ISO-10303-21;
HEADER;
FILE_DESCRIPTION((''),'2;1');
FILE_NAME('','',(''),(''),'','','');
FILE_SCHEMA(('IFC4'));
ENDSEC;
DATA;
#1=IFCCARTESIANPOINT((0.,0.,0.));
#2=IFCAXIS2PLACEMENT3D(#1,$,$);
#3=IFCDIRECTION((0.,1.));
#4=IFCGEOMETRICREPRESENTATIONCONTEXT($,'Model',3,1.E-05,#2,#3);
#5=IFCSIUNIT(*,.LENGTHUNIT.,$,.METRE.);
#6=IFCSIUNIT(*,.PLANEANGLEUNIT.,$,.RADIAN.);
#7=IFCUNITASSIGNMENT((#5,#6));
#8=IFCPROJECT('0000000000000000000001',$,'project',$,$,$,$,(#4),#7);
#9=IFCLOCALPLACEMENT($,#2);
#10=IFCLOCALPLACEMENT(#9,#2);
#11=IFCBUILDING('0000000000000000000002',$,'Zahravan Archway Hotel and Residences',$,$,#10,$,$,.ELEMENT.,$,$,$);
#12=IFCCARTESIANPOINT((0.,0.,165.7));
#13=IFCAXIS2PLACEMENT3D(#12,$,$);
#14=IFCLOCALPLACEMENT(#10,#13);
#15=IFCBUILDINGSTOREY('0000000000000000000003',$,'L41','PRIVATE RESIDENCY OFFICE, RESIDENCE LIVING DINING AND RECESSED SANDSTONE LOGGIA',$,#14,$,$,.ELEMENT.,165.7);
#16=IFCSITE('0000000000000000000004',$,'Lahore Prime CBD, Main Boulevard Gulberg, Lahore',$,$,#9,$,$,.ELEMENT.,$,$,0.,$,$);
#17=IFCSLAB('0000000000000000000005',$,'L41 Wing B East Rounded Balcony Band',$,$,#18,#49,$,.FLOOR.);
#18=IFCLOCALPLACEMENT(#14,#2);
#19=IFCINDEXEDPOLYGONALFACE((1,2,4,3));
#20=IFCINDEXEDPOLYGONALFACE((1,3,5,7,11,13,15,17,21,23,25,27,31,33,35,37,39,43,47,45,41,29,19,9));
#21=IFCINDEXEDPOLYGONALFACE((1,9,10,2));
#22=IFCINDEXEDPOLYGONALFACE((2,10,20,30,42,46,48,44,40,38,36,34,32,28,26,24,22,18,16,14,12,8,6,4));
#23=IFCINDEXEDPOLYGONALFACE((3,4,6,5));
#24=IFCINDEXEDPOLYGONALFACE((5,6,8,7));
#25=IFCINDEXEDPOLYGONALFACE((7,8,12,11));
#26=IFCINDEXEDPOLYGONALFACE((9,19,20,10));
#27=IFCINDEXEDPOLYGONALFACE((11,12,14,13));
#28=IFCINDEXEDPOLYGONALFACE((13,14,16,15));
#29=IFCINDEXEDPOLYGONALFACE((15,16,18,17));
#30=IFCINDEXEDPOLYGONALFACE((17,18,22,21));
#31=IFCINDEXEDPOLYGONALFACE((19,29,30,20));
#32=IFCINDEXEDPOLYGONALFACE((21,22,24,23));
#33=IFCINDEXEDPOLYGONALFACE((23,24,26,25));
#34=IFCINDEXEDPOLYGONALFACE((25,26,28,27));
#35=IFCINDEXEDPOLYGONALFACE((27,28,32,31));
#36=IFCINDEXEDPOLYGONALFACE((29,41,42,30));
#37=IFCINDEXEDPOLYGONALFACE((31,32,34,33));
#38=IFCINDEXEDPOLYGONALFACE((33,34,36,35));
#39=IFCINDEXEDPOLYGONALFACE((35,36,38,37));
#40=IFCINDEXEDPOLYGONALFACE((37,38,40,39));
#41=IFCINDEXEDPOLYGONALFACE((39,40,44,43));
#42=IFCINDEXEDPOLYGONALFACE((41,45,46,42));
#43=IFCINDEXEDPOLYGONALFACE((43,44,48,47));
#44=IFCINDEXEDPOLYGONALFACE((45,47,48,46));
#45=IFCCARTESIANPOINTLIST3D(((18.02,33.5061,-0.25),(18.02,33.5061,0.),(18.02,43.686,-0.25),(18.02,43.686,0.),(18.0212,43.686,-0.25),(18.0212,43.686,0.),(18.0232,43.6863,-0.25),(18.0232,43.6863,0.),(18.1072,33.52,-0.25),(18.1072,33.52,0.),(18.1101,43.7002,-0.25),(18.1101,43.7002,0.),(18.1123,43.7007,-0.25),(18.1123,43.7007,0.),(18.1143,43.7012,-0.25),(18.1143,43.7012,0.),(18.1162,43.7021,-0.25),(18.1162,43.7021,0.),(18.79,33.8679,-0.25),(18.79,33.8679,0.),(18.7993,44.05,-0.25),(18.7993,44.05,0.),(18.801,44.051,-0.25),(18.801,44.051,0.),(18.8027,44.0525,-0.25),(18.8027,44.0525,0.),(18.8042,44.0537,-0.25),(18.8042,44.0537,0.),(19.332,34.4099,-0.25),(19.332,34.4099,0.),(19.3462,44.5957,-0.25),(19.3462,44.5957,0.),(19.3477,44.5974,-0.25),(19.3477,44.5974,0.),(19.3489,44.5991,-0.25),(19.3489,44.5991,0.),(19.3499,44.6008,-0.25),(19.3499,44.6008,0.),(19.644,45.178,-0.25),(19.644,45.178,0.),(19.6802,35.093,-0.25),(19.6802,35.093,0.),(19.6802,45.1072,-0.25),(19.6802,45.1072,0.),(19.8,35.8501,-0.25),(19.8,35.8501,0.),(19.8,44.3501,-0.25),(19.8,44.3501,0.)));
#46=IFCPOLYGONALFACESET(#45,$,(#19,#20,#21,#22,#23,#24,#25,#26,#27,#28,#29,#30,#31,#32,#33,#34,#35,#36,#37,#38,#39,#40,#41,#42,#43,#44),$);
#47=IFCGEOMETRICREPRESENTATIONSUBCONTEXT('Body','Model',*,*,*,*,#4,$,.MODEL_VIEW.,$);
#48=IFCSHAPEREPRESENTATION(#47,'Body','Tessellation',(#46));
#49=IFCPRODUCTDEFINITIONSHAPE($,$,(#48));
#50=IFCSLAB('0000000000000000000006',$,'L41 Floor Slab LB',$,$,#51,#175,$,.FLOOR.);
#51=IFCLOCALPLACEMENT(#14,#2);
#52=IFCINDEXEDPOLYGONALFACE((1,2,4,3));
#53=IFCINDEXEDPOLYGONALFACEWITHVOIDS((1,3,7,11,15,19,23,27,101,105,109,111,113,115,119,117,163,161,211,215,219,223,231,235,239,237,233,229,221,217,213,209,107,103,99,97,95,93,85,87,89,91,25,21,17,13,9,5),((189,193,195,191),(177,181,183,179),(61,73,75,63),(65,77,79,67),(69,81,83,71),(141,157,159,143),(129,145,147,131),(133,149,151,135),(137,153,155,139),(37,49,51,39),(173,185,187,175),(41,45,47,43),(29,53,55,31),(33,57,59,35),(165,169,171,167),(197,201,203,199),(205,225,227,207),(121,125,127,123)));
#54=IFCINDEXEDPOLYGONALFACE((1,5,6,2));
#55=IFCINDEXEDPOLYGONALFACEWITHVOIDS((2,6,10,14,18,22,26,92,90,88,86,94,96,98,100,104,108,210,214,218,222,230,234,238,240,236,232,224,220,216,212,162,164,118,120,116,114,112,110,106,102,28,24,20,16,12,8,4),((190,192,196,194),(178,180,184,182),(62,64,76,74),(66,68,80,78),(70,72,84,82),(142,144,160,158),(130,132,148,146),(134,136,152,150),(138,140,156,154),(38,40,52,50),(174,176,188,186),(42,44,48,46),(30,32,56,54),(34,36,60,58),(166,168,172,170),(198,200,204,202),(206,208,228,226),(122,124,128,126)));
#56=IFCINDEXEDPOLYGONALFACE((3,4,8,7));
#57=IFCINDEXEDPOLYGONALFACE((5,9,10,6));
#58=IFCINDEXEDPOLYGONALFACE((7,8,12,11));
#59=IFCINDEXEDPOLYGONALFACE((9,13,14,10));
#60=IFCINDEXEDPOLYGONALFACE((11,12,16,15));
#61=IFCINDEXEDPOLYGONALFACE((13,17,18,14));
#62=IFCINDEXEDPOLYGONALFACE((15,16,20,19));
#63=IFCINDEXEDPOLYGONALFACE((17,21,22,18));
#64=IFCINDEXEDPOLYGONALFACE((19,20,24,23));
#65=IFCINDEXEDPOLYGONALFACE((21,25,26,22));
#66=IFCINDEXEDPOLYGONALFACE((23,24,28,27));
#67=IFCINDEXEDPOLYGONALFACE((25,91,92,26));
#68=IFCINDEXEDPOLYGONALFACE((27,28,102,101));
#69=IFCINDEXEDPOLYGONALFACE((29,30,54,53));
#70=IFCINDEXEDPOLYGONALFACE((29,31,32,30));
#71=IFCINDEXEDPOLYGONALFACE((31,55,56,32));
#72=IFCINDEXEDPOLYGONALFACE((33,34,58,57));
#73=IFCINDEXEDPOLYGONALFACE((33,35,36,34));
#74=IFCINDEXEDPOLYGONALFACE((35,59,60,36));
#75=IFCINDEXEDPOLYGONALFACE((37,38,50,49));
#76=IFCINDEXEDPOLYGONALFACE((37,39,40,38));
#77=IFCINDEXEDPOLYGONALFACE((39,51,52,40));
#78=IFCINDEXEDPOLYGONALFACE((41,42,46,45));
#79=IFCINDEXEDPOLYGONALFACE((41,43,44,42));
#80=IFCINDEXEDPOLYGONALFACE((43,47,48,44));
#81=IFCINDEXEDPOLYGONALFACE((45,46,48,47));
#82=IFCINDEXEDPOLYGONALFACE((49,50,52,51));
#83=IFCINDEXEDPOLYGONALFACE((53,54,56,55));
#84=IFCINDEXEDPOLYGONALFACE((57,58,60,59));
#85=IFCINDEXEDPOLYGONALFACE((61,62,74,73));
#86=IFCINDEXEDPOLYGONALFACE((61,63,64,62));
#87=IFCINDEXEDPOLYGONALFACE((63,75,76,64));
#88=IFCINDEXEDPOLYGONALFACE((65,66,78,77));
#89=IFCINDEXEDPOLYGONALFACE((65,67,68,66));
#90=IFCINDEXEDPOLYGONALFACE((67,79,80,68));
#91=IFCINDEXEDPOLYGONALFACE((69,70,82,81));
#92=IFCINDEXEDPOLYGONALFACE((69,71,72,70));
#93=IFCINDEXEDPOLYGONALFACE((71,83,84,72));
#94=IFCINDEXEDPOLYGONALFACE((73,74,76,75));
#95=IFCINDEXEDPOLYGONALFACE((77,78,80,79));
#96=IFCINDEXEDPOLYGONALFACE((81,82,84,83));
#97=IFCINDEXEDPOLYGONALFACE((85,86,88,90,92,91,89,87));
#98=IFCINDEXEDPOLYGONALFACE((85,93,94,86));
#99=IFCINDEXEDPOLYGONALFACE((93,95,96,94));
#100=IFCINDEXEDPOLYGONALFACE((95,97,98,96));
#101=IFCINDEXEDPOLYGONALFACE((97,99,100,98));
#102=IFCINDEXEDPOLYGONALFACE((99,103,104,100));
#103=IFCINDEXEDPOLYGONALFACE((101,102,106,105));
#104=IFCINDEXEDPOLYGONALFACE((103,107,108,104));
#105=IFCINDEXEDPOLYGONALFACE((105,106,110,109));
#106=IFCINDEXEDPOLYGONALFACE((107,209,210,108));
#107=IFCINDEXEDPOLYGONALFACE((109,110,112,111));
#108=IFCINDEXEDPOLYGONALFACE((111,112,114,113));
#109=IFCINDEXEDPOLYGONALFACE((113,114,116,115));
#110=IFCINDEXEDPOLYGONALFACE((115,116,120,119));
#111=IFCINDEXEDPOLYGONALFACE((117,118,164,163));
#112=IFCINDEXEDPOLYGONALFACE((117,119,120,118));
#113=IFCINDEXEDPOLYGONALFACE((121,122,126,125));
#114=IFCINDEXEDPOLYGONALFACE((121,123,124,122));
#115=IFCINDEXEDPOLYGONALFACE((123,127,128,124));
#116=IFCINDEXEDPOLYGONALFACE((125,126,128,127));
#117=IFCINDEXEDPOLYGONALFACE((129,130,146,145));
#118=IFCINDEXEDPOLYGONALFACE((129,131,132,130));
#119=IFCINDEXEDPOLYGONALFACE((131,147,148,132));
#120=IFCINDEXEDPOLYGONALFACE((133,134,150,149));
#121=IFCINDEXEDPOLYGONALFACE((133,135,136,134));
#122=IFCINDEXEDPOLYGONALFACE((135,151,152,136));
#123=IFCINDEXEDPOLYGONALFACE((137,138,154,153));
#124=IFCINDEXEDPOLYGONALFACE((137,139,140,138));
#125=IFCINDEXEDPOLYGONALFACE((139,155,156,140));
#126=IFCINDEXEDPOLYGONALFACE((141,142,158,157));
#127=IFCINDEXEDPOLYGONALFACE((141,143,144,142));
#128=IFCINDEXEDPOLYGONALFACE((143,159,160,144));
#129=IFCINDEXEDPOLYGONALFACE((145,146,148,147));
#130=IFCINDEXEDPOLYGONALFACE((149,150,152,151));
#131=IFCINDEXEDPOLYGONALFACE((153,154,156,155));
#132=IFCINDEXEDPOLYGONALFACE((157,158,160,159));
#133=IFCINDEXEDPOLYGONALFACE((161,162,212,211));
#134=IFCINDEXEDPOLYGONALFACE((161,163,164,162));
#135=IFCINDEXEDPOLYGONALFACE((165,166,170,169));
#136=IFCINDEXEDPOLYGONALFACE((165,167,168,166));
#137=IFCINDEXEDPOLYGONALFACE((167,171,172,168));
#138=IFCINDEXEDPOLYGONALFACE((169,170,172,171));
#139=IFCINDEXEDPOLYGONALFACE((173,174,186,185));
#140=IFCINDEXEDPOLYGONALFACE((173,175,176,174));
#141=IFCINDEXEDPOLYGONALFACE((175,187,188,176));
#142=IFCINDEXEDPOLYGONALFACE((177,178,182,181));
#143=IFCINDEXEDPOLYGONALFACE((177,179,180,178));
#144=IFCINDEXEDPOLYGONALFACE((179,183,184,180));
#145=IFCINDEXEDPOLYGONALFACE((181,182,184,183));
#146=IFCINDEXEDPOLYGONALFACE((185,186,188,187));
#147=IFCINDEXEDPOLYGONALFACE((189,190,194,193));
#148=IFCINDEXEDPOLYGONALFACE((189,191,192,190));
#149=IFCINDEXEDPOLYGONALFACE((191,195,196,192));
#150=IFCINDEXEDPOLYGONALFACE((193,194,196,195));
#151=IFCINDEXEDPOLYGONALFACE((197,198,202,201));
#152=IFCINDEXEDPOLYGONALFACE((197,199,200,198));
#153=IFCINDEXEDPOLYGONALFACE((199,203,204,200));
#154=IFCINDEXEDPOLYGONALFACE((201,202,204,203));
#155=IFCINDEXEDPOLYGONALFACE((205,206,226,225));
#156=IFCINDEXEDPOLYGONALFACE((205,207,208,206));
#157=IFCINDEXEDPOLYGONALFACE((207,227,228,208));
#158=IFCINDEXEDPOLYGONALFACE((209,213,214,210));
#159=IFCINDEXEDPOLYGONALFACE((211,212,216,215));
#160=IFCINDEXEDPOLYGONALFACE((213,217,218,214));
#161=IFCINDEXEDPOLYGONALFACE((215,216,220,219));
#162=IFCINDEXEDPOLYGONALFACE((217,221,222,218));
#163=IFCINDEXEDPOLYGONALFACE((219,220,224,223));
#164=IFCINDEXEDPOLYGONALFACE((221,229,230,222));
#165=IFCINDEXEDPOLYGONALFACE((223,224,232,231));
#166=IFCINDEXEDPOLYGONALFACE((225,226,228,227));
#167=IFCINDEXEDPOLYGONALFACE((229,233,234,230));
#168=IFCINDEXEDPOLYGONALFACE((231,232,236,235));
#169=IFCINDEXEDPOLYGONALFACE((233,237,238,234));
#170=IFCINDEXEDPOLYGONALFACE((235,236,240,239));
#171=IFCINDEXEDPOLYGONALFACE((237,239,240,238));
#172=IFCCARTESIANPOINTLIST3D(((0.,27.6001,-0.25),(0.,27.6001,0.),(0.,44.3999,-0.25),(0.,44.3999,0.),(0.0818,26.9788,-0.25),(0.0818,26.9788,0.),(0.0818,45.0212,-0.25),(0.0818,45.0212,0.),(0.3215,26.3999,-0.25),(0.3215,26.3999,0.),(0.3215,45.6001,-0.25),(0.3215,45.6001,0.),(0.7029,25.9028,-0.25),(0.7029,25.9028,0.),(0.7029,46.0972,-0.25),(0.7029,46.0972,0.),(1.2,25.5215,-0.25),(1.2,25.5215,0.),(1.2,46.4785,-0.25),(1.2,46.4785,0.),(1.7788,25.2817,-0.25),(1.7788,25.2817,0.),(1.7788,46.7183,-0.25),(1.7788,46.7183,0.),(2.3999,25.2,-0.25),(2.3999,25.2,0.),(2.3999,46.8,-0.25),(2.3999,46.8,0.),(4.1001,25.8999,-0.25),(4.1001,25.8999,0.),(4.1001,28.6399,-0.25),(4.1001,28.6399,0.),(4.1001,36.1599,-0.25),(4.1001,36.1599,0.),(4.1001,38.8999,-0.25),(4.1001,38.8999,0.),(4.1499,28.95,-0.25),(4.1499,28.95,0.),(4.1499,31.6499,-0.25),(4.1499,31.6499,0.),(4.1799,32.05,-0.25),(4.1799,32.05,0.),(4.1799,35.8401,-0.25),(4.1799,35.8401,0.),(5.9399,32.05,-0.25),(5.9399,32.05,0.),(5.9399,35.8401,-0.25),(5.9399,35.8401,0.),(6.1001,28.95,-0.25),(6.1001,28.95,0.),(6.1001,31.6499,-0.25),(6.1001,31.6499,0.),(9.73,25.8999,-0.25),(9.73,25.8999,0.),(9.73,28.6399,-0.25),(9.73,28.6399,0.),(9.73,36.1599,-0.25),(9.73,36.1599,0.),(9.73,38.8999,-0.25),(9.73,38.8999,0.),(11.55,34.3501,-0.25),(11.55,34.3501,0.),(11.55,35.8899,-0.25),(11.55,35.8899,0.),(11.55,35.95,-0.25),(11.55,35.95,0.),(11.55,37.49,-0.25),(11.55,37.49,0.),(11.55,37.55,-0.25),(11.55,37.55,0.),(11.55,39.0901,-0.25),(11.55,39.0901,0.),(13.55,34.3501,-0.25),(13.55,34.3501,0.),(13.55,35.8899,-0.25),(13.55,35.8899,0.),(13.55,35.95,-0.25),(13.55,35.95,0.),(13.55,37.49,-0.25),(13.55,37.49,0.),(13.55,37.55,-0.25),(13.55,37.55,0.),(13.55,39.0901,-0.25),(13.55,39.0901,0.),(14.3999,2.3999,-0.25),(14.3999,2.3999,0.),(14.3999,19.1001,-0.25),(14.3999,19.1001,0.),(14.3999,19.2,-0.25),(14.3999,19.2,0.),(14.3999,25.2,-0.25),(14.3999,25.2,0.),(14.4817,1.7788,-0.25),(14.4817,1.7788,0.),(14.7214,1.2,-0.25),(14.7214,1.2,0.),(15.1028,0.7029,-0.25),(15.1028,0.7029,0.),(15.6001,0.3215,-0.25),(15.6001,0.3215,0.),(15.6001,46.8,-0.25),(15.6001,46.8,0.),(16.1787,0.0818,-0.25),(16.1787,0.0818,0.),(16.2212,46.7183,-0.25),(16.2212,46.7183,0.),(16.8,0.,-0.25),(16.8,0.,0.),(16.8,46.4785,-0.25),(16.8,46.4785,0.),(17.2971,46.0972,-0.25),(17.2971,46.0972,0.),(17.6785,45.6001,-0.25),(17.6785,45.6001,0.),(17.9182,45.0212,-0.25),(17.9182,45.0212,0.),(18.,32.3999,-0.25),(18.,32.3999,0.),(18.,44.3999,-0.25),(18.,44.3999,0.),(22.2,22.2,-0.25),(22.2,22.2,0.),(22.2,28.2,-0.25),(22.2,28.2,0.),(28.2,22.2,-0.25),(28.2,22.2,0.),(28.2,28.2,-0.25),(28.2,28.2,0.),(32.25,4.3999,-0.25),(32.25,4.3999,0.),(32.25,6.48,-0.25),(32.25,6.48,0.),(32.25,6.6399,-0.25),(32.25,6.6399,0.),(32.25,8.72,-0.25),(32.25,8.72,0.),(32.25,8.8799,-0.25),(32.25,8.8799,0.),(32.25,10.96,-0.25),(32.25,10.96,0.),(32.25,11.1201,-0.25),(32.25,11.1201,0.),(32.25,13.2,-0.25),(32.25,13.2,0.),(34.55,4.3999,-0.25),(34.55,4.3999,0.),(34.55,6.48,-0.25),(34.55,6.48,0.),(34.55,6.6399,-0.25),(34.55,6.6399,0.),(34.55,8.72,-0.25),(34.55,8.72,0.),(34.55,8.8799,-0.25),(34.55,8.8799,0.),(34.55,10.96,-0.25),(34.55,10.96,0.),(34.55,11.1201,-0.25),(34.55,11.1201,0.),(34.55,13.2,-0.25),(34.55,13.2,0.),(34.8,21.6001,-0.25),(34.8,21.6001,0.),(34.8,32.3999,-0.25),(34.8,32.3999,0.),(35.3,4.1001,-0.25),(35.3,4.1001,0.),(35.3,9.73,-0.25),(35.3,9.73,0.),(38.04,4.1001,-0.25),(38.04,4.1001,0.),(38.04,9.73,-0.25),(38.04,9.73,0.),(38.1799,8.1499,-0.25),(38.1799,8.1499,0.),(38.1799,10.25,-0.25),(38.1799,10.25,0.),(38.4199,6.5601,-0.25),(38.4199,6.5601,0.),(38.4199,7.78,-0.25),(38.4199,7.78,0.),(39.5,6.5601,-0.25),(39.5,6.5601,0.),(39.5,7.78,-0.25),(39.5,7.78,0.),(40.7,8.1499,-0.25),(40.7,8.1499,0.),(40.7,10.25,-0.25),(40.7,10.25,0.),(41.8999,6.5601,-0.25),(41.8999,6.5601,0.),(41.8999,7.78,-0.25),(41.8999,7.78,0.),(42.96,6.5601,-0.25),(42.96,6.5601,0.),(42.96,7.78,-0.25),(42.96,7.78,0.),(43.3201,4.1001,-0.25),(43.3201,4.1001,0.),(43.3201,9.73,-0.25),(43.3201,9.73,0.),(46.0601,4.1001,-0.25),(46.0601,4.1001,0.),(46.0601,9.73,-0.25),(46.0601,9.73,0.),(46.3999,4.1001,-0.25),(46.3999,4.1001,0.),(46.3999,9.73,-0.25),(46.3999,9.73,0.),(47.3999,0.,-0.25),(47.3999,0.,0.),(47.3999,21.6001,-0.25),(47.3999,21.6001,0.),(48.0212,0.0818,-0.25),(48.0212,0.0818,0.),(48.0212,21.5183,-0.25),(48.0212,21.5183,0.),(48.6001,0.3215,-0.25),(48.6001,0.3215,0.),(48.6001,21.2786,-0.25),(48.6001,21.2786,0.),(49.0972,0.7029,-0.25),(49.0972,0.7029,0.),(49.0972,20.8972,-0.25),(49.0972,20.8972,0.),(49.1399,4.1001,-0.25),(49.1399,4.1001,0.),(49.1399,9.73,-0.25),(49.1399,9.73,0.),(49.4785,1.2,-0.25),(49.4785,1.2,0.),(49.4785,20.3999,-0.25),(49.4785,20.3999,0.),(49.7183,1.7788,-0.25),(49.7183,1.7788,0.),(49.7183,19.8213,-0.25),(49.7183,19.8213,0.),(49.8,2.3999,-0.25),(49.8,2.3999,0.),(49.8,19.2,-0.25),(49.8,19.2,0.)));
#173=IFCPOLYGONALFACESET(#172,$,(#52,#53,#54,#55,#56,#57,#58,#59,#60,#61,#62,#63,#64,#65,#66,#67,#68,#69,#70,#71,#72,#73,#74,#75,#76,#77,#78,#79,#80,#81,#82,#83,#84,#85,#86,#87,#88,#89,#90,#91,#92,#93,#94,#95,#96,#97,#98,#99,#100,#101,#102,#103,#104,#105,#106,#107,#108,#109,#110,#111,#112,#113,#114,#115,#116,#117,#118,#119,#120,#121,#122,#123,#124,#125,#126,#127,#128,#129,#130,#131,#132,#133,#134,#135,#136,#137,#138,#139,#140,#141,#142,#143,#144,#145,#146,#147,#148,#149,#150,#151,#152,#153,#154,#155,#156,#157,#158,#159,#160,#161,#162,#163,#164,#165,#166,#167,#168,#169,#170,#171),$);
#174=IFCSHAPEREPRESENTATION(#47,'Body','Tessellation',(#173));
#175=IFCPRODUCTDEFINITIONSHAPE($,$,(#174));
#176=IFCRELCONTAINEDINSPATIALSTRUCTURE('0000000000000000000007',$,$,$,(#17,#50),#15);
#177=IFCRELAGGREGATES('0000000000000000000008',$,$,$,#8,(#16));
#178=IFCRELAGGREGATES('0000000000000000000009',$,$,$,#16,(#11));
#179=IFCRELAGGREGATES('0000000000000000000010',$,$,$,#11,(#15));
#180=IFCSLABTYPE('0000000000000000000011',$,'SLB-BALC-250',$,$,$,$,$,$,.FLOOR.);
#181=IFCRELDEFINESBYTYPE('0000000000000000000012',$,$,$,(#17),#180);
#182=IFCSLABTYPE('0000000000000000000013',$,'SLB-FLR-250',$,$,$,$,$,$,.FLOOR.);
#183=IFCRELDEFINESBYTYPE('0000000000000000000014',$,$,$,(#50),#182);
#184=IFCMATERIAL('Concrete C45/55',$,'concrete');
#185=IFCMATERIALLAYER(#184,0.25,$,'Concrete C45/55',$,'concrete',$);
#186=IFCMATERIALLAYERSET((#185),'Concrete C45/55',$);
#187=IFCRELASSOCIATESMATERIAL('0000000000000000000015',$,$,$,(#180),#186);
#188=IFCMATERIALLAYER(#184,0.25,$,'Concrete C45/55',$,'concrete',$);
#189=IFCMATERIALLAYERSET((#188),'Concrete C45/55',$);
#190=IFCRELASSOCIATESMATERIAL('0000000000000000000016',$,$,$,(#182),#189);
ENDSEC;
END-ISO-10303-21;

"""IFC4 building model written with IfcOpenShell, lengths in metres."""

from ifc_helpers import new_model, si_unit, direction, frame, origin, place, context, subcontext, project, spatial, polyline, outline, extrude, material, layer, layer_set, type_object, element, save


model = new_model("IFC4")

# Units and contexts
model_context = context("Model", 3, precision=1e-05, world=origin(), true_north=direction((0.0, 1.0)))
body_context = subcontext(model_context, "Body", "Model", "MODEL_VIEW")
ifc_project = project(units=[si_unit("LENGTHUNIT", "METRE"), si_unit("PLANEANGLEUNIT", "RADIAN")], contexts=[model_context])

# Site, building, storey
site_placement = place(None, origin())
site = spatial("IfcSite", under=ifc_project, at=site_placement, Name="Lahore Prime CBD, Main Boulevard Gulberg, Lahore", CompositionType="ELEMENT", RefElevation=0.0)
building_placement = place(site_placement, origin())
building = spatial("IfcBuilding", under=site, at=building_placement, Name="Zahravan Archway Hotel and Residences", CompositionType="ELEMENT")
storey_placement = place(building_placement, frame((0.0, 0.0, 165.7)))
storey = spatial("IfcBuildingStorey", under=building, at=storey_placement, Name="L41", Description="PRIVATE RESIDENCY OFFICE, RESIDENCE LIVING DINING AND RECESSED SANDSTONE LOGGIA", CompositionType="ELEMENT", Elevation=165.7)

# Slabs
ifc_material_1 = material(Name="Concrete C45/55", Category="concrete")
ifc_layer_1 = layer(ifc_material_1, 0.25, Name="Concrete C45/55", Category="concrete")
ifc_layer_set_1 = layer_set([ifc_layer_1], Name="Concrete C45/55")
slab_type_1 = type_object("IfcSlabType", Name="SLB-BALC-250", PredefinedType="FLOOR", material=ifc_layer_set_1)
slab_1_placement = place(storey_placement, frame((0.0, 0.0, -0.25)))
element("IfcSlab", 1, at=slab_1_placement, inside=storey, type_object=slab_type_1, Name="L41 Wing B East Rounded Balcony Band", PredefinedType="FLOOR", context=body_context, shape_type="SweptSolid", body=[
    extrude(outline(polyline([(19.6802, 45.1072), (19.8, 44.3501), (19.8, 35.8501), (19.6802, 35.093), (19.332, 34.4099), (18.79, 33.8679), (18.1072, 33.52), (18.02, 33.5061), (18.02, 43.686), (18.0212, 43.686), (18.0232, 43.6863), (18.1101, 43.7002), (18.1123, 43.7007), (18.1143, 43.7012), (18.1162, 43.7021), (18.7993, 44.05), (18.801, 44.051), (18.8027, 44.0525), (18.8042, 44.0537), (19.3462, 44.5957), (19.3477, 44.5974), (19.3489, 44.5991), (19.3499, 44.6008), (19.644, 45.178), (19.6802, 45.1072)])), origin(), (0.0, 0.0, 1.0), 0.25),
])
ifc_layer_2 = layer(ifc_material_1, 0.25, Name="Concrete C45/55", Category="concrete")
ifc_layer_set_2 = layer_set([ifc_layer_2], Name="Concrete C45/55")
slab_type_2 = type_object("IfcSlabType", Name="SLB-FLR-250", PredefinedType="FLOOR", material=ifc_layer_set_2)
slab_2_placement = place(storey_placement, frame((0.0, 0.0, -0.25)))
element("IfcSlab", 2, at=slab_2_placement, inside=storey, type_object=slab_type_2, Name="L41 Floor Slab LB", PredefinedType="FLOOR", context=body_context, shape_type="SweptSolid", body=[
    extrude(outline(polyline([(34.8, 21.6001), (34.8, 32.3999), (18.0, 32.3999), (18.0, 44.3999), (17.9182, 45.0212), (17.6785, 45.6001), (17.2971, 46.0972), (16.8, 46.4785), (16.2212, 46.7183), (15.6001, 46.8), (2.3999, 46.8), (1.7788, 46.7183), (1.2, 46.4785), (0.7029, 46.0972), (0.3215, 45.6001), (0.0818, 45.0212), (0.0, 44.3999), (0.0, 27.6001), (0.0818, 26.9788), (0.3215, 26.3999), (0.7029, 25.9028), (1.2, 25.5215), (1.7788, 25.2817), (2.3999, 25.2), (14.3999, 25.2), (14.3999, 19.2), (14.3999, 19.1001), (14.3999, 2.3999), (14.4817, 1.7788), (14.7214, 1.2), (15.1028, 0.7029), (15.6001, 0.3215), (16.1787, 0.0818), (16.8, 0.0), (47.3999, 0.0), (48.0212, 0.0818), (48.6001, 0.3215), (49.0972, 0.7029), (49.4785, 1.2), (49.7183, 1.7788), (49.8, 2.3999), (49.8, 19.2), (49.7183, 19.8213), (49.4785, 20.3999), (49.0972, 20.8972), (48.6001, 21.2786), (48.0212, 21.5183), (47.3999, 21.6001), (34.8, 21.6001)]), holes=[polyline([(35.3, 9.73), (35.3, 4.1001), (38.04, 4.1001), (38.04, 9.73), (35.3, 9.73)]), polyline([(43.3201, 9.73), (43.3201, 4.1001), (46.0601, 4.1001), (46.0601, 9.73), (43.3201, 9.73)]), polyline([(46.3999, 9.73), (46.3999, 4.1001), (49.1399, 4.1001), (49.1399, 9.73), (46.3999, 9.73)]), polyline([(9.73, 28.6399), (4.1001, 28.6399), (4.1001, 25.8999), (9.73, 25.8999), (9.73, 28.6399)]), polyline([(9.73, 38.8999), (4.1001, 38.8999), (4.1001, 36.1599), (9.73, 36.1599), (9.73, 38.8999)]), polyline([(38.1799, 8.1499), (40.7, 8.1499), (40.7, 10.25), (38.1799, 10.25), (38.1799, 8.1499)]), polyline([(4.1499, 28.95), (6.1001, 28.95), (6.1001, 31.6499), (4.1499, 31.6499), (4.1499, 28.95)]), polyline([(11.55, 34.3501), (13.55, 34.3501), (13.55, 35.8899), (11.55, 35.8899), (11.55, 34.3501)]), polyline([(11.55, 35.95), (13.55, 35.95), (13.55, 37.49), (11.55, 37.49), (11.55, 35.95)]), polyline([(11.55, 37.55), (13.55, 37.55), (13.55, 39.0901), (11.55, 39.0901), (11.55, 37.55)]), polyline([(32.25, 4.3999), (34.55, 4.3999), (34.55, 6.48), (32.25, 6.48), (32.25, 4.3999)]), polyline([(32.25, 6.6399), (34.55, 6.6399), (34.55, 8.72), (32.25, 8.72), (32.25, 6.6399)]), polyline([(32.25, 8.8799), (34.55, 8.8799), (34.55, 10.96), (32.25, 10.96), (32.25, 8.8799)]), polyline([(32.25, 11.1201), (34.55, 11.1201), (34.55, 13.2), (32.25, 13.2), (32.25, 11.1201)]), polyline([(22.2, 22.2), (28.2, 22.2), (28.2, 28.2), (22.2, 28.2), (22.2, 22.2)]), polyline([(38.4199, 6.5601), (39.5, 6.5601), (39.5, 7.78), (38.4199, 7.78), (38.4199, 6.5601)]), polyline([(41.8999, 6.5601), (42.96, 6.5601), (42.96, 7.78), (41.8999, 7.78), (41.8999, 6.5601)]), polyline([(4.1799, 32.05), (5.9399, 32.05), (5.9399, 35.8401), (4.1799, 35.8401), (4.1799, 32.05)])]), origin(), (0.0, 0.0, 1.0), 0.25),
])

save(model, "model.ifc")
